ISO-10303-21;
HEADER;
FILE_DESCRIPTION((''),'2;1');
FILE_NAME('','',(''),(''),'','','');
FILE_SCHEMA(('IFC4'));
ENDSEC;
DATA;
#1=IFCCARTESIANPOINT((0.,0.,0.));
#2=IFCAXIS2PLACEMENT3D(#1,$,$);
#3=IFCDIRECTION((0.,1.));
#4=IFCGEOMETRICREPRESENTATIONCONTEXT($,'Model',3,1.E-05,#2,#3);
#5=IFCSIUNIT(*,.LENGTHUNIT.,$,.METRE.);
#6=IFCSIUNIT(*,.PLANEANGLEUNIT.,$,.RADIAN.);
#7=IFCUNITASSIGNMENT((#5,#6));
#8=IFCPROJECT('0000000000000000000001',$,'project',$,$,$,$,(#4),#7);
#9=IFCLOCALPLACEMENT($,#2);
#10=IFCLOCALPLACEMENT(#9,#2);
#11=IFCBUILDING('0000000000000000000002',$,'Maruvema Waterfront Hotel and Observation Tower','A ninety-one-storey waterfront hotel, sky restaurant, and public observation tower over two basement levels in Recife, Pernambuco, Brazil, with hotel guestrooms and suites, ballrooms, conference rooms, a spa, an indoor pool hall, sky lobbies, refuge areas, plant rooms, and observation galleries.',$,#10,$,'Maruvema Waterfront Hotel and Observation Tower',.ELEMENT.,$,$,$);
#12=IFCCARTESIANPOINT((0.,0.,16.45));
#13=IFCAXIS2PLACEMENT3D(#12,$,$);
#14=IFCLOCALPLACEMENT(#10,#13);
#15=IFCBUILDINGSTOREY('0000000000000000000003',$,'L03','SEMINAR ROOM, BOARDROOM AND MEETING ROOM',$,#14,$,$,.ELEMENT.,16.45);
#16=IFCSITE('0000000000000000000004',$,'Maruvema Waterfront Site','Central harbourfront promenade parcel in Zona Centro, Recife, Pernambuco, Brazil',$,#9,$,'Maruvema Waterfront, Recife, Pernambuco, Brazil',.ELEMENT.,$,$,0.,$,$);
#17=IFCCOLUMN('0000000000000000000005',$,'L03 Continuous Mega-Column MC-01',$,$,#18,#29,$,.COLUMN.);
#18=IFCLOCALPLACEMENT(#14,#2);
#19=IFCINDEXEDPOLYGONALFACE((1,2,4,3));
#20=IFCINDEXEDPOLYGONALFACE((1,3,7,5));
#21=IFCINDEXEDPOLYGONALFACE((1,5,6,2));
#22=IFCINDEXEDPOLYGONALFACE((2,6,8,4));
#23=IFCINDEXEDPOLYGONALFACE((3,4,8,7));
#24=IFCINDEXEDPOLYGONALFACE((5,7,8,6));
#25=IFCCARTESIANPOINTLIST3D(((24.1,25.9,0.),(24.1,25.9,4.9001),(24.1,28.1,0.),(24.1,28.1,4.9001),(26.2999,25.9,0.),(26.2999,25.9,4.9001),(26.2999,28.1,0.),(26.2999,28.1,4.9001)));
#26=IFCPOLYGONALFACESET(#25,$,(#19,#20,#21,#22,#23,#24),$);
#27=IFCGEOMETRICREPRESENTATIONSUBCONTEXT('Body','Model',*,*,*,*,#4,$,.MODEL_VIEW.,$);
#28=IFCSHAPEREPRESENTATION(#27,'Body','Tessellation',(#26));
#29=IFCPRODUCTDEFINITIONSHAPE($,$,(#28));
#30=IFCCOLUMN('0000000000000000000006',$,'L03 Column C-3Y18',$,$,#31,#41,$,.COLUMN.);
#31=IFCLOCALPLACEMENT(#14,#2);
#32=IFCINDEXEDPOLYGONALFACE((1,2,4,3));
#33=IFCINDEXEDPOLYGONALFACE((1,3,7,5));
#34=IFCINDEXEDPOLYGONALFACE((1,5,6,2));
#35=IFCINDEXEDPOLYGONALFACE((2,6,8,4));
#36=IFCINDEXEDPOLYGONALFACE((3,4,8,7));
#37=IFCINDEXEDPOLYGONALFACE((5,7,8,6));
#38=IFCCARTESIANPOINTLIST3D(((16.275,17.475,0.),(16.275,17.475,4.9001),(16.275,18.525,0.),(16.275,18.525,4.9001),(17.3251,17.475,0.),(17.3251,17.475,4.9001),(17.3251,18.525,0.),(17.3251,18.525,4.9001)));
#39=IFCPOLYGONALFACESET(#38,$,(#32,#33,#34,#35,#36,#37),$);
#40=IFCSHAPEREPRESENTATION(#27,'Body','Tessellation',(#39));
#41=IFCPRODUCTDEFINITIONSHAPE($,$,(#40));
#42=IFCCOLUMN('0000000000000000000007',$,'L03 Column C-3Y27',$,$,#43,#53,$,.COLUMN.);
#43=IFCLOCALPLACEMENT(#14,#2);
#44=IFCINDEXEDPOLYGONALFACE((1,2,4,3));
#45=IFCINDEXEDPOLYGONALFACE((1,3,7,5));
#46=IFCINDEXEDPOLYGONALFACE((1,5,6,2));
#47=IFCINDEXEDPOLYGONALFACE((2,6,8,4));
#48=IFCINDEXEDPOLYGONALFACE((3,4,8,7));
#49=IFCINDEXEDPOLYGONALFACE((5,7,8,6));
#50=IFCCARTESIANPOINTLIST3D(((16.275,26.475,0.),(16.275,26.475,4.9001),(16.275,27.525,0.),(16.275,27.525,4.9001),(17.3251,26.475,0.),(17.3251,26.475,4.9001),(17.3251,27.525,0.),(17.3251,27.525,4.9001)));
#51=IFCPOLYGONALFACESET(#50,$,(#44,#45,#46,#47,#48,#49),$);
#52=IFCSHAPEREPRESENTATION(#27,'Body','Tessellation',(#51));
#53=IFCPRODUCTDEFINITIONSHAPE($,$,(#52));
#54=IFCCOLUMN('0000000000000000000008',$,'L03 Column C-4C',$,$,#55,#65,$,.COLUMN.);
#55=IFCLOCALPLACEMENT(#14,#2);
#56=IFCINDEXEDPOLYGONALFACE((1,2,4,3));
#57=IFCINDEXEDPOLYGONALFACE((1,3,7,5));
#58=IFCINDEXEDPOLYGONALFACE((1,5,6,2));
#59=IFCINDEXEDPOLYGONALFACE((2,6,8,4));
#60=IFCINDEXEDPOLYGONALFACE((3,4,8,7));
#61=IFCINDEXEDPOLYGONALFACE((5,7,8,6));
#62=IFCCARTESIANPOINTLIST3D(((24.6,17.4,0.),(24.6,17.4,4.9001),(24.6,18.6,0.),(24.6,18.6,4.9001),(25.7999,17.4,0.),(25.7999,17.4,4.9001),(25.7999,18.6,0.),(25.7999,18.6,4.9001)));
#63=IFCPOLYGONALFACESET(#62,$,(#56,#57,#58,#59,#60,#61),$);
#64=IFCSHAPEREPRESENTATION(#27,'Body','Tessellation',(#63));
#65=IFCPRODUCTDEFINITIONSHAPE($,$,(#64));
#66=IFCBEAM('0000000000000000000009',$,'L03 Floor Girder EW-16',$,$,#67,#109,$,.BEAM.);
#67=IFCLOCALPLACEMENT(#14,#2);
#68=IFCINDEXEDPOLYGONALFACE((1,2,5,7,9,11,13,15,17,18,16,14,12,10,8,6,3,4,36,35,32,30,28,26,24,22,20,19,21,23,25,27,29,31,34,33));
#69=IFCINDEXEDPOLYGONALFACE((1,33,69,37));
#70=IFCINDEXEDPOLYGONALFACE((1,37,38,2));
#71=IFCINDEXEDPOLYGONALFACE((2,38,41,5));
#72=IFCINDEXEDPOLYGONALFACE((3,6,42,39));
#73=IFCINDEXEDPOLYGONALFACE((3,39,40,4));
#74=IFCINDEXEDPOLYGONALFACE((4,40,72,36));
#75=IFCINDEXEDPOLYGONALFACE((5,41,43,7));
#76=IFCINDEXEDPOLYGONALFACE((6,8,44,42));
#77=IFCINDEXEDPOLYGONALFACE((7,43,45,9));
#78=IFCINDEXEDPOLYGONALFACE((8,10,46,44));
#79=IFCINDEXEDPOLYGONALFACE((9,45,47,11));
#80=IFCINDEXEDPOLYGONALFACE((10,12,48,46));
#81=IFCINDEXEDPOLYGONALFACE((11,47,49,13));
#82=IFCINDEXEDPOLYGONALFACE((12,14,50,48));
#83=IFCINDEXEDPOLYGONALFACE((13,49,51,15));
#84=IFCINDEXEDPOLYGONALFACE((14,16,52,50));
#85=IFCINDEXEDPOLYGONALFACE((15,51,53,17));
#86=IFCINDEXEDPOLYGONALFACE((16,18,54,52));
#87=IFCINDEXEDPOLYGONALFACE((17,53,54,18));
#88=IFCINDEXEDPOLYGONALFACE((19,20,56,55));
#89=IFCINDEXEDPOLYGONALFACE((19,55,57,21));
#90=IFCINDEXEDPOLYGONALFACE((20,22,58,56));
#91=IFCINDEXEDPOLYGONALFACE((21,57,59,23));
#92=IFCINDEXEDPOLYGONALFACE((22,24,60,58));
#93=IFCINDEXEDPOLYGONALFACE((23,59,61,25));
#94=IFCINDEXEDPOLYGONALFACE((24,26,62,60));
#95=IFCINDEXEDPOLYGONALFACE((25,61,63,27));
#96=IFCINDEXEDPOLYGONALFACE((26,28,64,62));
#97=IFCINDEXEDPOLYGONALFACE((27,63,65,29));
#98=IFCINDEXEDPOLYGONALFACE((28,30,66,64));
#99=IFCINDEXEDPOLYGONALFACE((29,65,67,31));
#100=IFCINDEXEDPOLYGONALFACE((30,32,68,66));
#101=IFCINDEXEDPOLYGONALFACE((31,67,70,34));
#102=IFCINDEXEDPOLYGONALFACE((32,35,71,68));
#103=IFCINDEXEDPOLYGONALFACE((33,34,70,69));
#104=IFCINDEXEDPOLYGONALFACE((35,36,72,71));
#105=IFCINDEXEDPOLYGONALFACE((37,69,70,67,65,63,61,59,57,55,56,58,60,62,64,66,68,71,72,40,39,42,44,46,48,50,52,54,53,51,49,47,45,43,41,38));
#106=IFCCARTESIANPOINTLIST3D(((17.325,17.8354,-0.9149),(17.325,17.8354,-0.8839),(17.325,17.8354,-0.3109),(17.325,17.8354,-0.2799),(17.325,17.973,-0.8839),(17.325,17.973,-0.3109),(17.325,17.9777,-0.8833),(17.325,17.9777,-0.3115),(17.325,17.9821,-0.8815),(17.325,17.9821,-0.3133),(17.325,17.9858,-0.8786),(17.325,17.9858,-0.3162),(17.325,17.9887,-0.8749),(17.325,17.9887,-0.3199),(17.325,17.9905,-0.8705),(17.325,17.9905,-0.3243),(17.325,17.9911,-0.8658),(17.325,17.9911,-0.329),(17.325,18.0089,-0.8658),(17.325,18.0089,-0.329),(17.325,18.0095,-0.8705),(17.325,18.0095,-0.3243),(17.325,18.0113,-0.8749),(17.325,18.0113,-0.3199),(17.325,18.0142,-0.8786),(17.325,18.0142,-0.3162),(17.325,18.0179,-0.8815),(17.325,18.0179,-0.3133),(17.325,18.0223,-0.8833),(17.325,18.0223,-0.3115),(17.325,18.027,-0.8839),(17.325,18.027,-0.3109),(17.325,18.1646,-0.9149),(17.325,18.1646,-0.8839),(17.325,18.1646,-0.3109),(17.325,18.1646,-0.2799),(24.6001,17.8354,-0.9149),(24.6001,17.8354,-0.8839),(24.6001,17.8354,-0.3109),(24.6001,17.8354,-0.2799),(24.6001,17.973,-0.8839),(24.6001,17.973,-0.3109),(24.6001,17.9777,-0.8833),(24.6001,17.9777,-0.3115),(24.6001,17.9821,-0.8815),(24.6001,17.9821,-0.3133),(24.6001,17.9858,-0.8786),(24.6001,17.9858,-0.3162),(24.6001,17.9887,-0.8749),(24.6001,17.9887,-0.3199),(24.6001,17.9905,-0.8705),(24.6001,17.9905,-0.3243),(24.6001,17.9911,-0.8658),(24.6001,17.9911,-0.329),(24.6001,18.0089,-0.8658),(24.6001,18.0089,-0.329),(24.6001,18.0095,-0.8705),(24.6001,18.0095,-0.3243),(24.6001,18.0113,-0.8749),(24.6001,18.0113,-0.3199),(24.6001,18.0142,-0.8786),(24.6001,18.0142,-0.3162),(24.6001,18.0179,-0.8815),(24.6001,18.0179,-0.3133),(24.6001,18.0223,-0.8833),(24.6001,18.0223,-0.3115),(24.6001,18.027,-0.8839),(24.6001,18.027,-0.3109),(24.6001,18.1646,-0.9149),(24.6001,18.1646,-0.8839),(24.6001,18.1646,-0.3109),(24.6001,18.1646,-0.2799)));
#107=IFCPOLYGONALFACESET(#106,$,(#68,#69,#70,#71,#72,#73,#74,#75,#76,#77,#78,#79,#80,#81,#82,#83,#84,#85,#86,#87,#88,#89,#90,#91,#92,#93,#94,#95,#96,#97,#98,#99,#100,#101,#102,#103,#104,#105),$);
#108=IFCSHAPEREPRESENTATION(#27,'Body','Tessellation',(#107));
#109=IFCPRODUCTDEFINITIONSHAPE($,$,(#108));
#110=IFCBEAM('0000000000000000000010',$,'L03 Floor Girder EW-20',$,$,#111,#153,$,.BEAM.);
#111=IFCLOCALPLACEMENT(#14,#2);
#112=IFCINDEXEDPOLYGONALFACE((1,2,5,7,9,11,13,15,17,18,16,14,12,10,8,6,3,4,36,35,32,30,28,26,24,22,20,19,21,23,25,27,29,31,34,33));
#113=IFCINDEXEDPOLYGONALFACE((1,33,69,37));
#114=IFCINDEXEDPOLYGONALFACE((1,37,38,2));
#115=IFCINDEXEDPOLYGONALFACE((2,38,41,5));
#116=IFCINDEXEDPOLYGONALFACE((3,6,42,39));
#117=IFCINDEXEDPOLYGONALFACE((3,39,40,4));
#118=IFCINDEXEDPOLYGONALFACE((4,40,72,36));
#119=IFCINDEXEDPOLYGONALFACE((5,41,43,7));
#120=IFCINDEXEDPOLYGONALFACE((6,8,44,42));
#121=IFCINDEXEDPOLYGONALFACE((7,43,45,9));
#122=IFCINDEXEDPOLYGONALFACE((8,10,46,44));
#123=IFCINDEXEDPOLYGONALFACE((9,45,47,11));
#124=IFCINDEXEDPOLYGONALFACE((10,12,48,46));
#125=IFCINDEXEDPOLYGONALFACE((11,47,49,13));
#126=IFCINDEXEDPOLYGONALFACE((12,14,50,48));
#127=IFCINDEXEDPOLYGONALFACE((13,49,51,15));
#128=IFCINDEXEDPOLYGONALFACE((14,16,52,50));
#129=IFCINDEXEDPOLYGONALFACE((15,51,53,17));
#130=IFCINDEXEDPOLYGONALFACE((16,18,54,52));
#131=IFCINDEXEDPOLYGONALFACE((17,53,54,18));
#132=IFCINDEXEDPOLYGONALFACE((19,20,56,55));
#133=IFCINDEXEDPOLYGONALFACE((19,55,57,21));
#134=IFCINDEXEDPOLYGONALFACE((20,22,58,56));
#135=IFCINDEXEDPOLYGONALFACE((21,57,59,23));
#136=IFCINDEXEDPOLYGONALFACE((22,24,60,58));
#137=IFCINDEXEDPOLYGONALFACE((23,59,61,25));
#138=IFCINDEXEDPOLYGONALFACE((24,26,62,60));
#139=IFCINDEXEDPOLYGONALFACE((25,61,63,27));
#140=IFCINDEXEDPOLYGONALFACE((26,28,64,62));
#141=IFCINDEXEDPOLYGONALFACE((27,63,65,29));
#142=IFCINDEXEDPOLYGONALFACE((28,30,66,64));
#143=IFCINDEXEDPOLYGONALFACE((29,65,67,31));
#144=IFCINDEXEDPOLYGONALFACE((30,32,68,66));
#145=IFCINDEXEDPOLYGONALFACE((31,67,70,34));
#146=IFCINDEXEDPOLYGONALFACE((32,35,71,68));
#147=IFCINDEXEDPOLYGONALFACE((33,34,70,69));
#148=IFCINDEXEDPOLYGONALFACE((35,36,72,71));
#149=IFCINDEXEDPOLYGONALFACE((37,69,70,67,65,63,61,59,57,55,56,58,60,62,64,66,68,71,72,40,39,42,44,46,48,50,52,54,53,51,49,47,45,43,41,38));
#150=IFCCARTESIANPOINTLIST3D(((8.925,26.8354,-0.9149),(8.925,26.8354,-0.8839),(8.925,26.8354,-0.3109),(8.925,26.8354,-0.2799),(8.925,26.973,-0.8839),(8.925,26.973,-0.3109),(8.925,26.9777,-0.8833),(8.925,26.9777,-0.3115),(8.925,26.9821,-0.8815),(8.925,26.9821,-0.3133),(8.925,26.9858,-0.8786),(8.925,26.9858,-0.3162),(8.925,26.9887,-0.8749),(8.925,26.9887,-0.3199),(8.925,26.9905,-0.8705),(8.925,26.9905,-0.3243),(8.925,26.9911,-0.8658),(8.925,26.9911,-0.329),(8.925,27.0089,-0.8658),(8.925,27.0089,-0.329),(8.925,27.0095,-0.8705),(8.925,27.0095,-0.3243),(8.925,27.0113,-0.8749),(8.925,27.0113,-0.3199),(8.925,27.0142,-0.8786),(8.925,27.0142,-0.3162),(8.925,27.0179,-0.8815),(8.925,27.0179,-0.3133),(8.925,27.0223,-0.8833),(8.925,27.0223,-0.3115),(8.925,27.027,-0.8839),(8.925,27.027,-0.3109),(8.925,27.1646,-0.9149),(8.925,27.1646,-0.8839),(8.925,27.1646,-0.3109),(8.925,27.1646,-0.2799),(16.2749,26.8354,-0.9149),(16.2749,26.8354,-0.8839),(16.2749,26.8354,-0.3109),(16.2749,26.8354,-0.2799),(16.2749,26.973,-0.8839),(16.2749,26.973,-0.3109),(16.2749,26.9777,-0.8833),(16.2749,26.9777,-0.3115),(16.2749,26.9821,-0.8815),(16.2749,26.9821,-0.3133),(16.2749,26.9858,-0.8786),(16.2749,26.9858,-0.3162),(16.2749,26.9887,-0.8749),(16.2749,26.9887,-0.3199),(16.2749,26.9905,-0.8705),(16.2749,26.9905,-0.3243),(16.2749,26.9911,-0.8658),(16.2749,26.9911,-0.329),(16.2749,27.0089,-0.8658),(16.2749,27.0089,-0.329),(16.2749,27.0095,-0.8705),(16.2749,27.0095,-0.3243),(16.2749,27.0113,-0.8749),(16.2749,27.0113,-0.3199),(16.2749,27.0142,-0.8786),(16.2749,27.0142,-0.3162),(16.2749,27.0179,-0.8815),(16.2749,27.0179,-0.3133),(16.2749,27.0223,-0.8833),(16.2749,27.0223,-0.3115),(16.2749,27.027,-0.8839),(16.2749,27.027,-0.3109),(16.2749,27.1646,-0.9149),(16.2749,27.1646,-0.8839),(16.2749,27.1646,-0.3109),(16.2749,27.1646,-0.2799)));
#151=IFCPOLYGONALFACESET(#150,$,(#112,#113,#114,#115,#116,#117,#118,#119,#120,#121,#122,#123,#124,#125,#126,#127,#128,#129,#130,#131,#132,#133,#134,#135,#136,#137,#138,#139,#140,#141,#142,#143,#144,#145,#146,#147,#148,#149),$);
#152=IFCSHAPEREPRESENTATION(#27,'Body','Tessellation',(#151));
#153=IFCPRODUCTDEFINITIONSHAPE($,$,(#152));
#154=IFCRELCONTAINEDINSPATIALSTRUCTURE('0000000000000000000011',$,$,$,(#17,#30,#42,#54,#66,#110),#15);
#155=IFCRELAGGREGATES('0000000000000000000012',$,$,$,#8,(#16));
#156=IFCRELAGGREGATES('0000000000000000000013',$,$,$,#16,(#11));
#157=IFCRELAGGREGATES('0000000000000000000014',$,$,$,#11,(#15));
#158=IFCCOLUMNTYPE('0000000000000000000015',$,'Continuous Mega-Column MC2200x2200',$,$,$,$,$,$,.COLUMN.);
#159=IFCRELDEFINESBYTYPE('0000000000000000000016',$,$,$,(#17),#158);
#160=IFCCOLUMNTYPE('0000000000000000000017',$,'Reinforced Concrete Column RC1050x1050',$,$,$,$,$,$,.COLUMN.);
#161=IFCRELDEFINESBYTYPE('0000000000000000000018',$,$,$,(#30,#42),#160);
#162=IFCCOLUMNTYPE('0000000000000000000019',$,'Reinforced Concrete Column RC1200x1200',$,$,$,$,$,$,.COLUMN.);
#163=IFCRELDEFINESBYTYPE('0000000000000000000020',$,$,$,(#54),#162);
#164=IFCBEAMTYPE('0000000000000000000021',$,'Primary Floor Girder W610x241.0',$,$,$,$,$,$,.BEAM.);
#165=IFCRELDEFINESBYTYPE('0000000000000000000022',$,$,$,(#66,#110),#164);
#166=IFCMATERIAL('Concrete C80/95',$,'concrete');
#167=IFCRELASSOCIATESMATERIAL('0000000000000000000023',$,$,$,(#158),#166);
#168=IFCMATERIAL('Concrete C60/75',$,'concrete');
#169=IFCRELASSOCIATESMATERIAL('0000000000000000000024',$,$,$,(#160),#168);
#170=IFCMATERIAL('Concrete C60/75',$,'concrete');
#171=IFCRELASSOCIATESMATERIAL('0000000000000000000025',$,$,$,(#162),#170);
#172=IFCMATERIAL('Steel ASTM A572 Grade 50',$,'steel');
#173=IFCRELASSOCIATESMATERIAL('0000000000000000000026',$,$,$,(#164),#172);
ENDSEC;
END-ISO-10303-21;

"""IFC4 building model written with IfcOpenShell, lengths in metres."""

from ifc_helpers import new_model, si_unit, direction, frame, origin, origin_2d, place, context, subcontext, project, spatial, rectangle, i_section, extrude, material, material_profile, profile_set, type_object, element, save


model = new_model("IFC4")

# Units and contexts
model_context = context("Model", 3, precision=1e-05, world=origin(), true_north=direction((0.0, 1.0)))
body_context = subcontext(model_context, "Body", "Model", "MODEL_VIEW")
ifc_project = project(units=[si_unit("LENGTHUNIT", "METRE"), si_unit("PLANEANGLEUNIT", "RADIAN")], contexts=[model_context])

# Site, building, storey
site_placement = place(None, origin())
site = spatial("IfcSite", under=ifc_project, at=site_placement, Name="Maruvema Waterfront Site", Description="Central harbourfront promenade parcel in Zona Centro, Recife, Pernambuco, Brazil", LongName="Maruvema Waterfront, Recife, Pernambuco, Brazil", CompositionType="ELEMENT", RefElevation=0.0)
building_placement = place(site_placement, origin())
building = spatial("IfcBuilding", under=site, at=building_placement, Name="Maruvema Waterfront Hotel and Observation Tower", Description="A ninety-one-storey waterfront hotel, sky restaurant, and public observation tower over two basement levels in Recife, Pernambuco, Brazil, with hotel guestrooms and suites, ballrooms, conference rooms, a spa, an indoor pool hall, sky lobbies, refuge areas, plant rooms, and observation galleries.", LongName="Maruvema Waterfront Hotel and Observation Tower", CompositionType="ELEMENT")
storey_placement = place(building_placement, frame((0.0, 0.0, 16.45)))
storey = spatial("IfcBuildingStorey", under=building, at=storey_placement, Name="L03", Description="SEMINAR ROOM, BOARDROOM AND MEETING ROOM", CompositionType="ELEMENT", Elevation=16.45)

# Columns
ifc_material_1 = material(Name="Concrete C80/95", Category="concrete")
ifc_material_profile_1 = material_profile(ifc_material_1, rectangle(XDim=2.2, YDim=2.2, at=origin_2d()), Name="MC2200x2200")
ifc_profile_set_1 = profile_set([ifc_material_profile_1], Name="Concrete C80/95")
column_type_1 = type_object("IfcColumnType", Name="Continuous Mega-Column MC2200x2200", PredefinedType="COLUMN", material=ifc_profile_set_1)
column_1_placement = place(storey_placement, frame((25.2, 27.0, 0.0), z_axis=(0.0, 0.0, 1.0), x_axis=(1.0, 0.0, 0.0)))
element("IfcColumn", 1, at=column_1_placement, inside=storey, type_object=column_type_1, Name="L03 Continuous Mega-Column MC-01", PredefinedType="COLUMN", context=body_context, shape_type="SweptSolid", body=[
    extrude(rectangle(XDim=2.2, YDim=2.2, at=origin_2d()), origin(), (0.0, 0.0, 1.0), 4.9001),
])
ifc_material_2 = material(Name="Concrete C60/75", Category="concrete")
ifc_material_profile_2 = material_profile(ifc_material_2, rectangle(XDim=1.05, YDim=1.05, at=origin_2d()), Name="RC1050x1050")
ifc_profile_set_2 = profile_set([ifc_material_profile_2], Name="Concrete C60/75")
column_type_2 = type_object("IfcColumnType", Name="Reinforced Concrete Column RC1050x1050", PredefinedType="COLUMN", material=ifc_profile_set_2)
for number, where, z_axis, x_axis, name in (
    (2, (16.8, 18.0, 0.0), (0.0, 0.0, 1.0), (1.0, 0.0, 0.0), "L03 Column C-3Y18"),
    (3, (16.8, 27.0, 0.0), (0.0, 0.0, 1.0), (1.0, 0.0, 0.0), "L03 Column C-3Y27"),
):
    element("IfcColumn", number, at=place(storey_placement, frame(where, z_axis=z_axis, x_axis=x_axis)), inside=storey, type_object=column_type_2, Name=name, PredefinedType="COLUMN", context=body_context, shape_type="SweptSolid", body=[
        extrude(rectangle(XDim=1.05, YDim=1.05, at=origin_2d()), origin(), (0.0, 0.0, 1.0), 4.9001),
    ])
ifc_material_3 = material(Name="Concrete C60/75", Category="concrete")
ifc_material_profile_3 = material_profile(ifc_material_3, rectangle(XDim=1.2, YDim=1.2, at=origin_2d()), Name="RC1200x1200")
ifc_profile_set_3 = profile_set([ifc_material_profile_3], Name="Concrete C60/75")
column_type_3 = type_object("IfcColumnType", Name="Reinforced Concrete Column RC1200x1200", PredefinedType="COLUMN", material=ifc_profile_set_3)
column_2_placement = place(storey_placement, frame((25.2, 18.0, 0.0), z_axis=(0.0, 0.0, 1.0), x_axis=(1.0, 0.0, 0.0)))
element("IfcColumn", 4, at=column_2_placement, inside=storey, type_object=column_type_3, Name="L03 Column C-4C", PredefinedType="COLUMN", context=body_context, shape_type="SweptSolid", body=[
    extrude(rectangle(XDim=1.2, YDim=1.2, at=origin_2d()), origin(), (0.0, 0.0, 1.0), 4.9001),
])

# Beams
ifc_material_4 = material(Name="Steel ASTM A572 Grade 50", Category="steel")
ifc_material_profile_4 = material_profile(ifc_material_4, i_section(OverallWidth=0.3291, OverallDepth=0.635, WebThickness=0.0178, FlangeThickness=0.031, FilletRadius=0.0181, at=origin_2d()), Name="W610x241.0")
ifc_profile_set_4 = profile_set([ifc_material_profile_4], Name="Steel ASTM A572 Grade 50")
beam_type_1 = type_object("IfcBeamType", Name="Primary Floor Girder W610x241.0", PredefinedType="BEAM", material=ifc_profile_set_4)
beam_1_placement = place(storey_placement, frame((17.325, 18.0, -0.5974), z_axis=(1.0, 0.0, 0.0), x_axis=(0.0, 1.0, 0.0)))
element("IfcBeam", 5, at=beam_1_placement, inside=storey, type_object=beam_type_1, Name="L03 Floor Girder EW-16", PredefinedType="BEAM", context=body_context, shape_type="SweptSolid", body=[
    extrude(i_section(OverallWidth=0.3291, OverallDepth=0.635, WebThickness=0.0178, FlangeThickness=0.031, FilletRadius=0.0181, at=origin_2d()), origin(), (0.0, 0.0, 1.0), 7.2751),
])
beam_2_placement = place(storey_placement, frame((8.925, 27.0, -0.5974), z_axis=(1.0, 0.0, 0.0), x_axis=(0.0, 1.0, 0.0)))
element("IfcBeam", 6, at=beam_2_placement, inside=storey, type_object=beam_type_1, Name="L03 Floor Girder EW-20", PredefinedType="BEAM", context=body_context, shape_type="SweptSolid", body=[
    extrude(i_section(OverallWidth=0.3291, OverallDepth=0.635, WebThickness=0.0178, FlangeThickness=0.031, FilletRadius=0.0181, at=origin_2d()), origin(), (0.0, 0.0, 1.0), 7.3499),
])

save(model, "model.ifc")
